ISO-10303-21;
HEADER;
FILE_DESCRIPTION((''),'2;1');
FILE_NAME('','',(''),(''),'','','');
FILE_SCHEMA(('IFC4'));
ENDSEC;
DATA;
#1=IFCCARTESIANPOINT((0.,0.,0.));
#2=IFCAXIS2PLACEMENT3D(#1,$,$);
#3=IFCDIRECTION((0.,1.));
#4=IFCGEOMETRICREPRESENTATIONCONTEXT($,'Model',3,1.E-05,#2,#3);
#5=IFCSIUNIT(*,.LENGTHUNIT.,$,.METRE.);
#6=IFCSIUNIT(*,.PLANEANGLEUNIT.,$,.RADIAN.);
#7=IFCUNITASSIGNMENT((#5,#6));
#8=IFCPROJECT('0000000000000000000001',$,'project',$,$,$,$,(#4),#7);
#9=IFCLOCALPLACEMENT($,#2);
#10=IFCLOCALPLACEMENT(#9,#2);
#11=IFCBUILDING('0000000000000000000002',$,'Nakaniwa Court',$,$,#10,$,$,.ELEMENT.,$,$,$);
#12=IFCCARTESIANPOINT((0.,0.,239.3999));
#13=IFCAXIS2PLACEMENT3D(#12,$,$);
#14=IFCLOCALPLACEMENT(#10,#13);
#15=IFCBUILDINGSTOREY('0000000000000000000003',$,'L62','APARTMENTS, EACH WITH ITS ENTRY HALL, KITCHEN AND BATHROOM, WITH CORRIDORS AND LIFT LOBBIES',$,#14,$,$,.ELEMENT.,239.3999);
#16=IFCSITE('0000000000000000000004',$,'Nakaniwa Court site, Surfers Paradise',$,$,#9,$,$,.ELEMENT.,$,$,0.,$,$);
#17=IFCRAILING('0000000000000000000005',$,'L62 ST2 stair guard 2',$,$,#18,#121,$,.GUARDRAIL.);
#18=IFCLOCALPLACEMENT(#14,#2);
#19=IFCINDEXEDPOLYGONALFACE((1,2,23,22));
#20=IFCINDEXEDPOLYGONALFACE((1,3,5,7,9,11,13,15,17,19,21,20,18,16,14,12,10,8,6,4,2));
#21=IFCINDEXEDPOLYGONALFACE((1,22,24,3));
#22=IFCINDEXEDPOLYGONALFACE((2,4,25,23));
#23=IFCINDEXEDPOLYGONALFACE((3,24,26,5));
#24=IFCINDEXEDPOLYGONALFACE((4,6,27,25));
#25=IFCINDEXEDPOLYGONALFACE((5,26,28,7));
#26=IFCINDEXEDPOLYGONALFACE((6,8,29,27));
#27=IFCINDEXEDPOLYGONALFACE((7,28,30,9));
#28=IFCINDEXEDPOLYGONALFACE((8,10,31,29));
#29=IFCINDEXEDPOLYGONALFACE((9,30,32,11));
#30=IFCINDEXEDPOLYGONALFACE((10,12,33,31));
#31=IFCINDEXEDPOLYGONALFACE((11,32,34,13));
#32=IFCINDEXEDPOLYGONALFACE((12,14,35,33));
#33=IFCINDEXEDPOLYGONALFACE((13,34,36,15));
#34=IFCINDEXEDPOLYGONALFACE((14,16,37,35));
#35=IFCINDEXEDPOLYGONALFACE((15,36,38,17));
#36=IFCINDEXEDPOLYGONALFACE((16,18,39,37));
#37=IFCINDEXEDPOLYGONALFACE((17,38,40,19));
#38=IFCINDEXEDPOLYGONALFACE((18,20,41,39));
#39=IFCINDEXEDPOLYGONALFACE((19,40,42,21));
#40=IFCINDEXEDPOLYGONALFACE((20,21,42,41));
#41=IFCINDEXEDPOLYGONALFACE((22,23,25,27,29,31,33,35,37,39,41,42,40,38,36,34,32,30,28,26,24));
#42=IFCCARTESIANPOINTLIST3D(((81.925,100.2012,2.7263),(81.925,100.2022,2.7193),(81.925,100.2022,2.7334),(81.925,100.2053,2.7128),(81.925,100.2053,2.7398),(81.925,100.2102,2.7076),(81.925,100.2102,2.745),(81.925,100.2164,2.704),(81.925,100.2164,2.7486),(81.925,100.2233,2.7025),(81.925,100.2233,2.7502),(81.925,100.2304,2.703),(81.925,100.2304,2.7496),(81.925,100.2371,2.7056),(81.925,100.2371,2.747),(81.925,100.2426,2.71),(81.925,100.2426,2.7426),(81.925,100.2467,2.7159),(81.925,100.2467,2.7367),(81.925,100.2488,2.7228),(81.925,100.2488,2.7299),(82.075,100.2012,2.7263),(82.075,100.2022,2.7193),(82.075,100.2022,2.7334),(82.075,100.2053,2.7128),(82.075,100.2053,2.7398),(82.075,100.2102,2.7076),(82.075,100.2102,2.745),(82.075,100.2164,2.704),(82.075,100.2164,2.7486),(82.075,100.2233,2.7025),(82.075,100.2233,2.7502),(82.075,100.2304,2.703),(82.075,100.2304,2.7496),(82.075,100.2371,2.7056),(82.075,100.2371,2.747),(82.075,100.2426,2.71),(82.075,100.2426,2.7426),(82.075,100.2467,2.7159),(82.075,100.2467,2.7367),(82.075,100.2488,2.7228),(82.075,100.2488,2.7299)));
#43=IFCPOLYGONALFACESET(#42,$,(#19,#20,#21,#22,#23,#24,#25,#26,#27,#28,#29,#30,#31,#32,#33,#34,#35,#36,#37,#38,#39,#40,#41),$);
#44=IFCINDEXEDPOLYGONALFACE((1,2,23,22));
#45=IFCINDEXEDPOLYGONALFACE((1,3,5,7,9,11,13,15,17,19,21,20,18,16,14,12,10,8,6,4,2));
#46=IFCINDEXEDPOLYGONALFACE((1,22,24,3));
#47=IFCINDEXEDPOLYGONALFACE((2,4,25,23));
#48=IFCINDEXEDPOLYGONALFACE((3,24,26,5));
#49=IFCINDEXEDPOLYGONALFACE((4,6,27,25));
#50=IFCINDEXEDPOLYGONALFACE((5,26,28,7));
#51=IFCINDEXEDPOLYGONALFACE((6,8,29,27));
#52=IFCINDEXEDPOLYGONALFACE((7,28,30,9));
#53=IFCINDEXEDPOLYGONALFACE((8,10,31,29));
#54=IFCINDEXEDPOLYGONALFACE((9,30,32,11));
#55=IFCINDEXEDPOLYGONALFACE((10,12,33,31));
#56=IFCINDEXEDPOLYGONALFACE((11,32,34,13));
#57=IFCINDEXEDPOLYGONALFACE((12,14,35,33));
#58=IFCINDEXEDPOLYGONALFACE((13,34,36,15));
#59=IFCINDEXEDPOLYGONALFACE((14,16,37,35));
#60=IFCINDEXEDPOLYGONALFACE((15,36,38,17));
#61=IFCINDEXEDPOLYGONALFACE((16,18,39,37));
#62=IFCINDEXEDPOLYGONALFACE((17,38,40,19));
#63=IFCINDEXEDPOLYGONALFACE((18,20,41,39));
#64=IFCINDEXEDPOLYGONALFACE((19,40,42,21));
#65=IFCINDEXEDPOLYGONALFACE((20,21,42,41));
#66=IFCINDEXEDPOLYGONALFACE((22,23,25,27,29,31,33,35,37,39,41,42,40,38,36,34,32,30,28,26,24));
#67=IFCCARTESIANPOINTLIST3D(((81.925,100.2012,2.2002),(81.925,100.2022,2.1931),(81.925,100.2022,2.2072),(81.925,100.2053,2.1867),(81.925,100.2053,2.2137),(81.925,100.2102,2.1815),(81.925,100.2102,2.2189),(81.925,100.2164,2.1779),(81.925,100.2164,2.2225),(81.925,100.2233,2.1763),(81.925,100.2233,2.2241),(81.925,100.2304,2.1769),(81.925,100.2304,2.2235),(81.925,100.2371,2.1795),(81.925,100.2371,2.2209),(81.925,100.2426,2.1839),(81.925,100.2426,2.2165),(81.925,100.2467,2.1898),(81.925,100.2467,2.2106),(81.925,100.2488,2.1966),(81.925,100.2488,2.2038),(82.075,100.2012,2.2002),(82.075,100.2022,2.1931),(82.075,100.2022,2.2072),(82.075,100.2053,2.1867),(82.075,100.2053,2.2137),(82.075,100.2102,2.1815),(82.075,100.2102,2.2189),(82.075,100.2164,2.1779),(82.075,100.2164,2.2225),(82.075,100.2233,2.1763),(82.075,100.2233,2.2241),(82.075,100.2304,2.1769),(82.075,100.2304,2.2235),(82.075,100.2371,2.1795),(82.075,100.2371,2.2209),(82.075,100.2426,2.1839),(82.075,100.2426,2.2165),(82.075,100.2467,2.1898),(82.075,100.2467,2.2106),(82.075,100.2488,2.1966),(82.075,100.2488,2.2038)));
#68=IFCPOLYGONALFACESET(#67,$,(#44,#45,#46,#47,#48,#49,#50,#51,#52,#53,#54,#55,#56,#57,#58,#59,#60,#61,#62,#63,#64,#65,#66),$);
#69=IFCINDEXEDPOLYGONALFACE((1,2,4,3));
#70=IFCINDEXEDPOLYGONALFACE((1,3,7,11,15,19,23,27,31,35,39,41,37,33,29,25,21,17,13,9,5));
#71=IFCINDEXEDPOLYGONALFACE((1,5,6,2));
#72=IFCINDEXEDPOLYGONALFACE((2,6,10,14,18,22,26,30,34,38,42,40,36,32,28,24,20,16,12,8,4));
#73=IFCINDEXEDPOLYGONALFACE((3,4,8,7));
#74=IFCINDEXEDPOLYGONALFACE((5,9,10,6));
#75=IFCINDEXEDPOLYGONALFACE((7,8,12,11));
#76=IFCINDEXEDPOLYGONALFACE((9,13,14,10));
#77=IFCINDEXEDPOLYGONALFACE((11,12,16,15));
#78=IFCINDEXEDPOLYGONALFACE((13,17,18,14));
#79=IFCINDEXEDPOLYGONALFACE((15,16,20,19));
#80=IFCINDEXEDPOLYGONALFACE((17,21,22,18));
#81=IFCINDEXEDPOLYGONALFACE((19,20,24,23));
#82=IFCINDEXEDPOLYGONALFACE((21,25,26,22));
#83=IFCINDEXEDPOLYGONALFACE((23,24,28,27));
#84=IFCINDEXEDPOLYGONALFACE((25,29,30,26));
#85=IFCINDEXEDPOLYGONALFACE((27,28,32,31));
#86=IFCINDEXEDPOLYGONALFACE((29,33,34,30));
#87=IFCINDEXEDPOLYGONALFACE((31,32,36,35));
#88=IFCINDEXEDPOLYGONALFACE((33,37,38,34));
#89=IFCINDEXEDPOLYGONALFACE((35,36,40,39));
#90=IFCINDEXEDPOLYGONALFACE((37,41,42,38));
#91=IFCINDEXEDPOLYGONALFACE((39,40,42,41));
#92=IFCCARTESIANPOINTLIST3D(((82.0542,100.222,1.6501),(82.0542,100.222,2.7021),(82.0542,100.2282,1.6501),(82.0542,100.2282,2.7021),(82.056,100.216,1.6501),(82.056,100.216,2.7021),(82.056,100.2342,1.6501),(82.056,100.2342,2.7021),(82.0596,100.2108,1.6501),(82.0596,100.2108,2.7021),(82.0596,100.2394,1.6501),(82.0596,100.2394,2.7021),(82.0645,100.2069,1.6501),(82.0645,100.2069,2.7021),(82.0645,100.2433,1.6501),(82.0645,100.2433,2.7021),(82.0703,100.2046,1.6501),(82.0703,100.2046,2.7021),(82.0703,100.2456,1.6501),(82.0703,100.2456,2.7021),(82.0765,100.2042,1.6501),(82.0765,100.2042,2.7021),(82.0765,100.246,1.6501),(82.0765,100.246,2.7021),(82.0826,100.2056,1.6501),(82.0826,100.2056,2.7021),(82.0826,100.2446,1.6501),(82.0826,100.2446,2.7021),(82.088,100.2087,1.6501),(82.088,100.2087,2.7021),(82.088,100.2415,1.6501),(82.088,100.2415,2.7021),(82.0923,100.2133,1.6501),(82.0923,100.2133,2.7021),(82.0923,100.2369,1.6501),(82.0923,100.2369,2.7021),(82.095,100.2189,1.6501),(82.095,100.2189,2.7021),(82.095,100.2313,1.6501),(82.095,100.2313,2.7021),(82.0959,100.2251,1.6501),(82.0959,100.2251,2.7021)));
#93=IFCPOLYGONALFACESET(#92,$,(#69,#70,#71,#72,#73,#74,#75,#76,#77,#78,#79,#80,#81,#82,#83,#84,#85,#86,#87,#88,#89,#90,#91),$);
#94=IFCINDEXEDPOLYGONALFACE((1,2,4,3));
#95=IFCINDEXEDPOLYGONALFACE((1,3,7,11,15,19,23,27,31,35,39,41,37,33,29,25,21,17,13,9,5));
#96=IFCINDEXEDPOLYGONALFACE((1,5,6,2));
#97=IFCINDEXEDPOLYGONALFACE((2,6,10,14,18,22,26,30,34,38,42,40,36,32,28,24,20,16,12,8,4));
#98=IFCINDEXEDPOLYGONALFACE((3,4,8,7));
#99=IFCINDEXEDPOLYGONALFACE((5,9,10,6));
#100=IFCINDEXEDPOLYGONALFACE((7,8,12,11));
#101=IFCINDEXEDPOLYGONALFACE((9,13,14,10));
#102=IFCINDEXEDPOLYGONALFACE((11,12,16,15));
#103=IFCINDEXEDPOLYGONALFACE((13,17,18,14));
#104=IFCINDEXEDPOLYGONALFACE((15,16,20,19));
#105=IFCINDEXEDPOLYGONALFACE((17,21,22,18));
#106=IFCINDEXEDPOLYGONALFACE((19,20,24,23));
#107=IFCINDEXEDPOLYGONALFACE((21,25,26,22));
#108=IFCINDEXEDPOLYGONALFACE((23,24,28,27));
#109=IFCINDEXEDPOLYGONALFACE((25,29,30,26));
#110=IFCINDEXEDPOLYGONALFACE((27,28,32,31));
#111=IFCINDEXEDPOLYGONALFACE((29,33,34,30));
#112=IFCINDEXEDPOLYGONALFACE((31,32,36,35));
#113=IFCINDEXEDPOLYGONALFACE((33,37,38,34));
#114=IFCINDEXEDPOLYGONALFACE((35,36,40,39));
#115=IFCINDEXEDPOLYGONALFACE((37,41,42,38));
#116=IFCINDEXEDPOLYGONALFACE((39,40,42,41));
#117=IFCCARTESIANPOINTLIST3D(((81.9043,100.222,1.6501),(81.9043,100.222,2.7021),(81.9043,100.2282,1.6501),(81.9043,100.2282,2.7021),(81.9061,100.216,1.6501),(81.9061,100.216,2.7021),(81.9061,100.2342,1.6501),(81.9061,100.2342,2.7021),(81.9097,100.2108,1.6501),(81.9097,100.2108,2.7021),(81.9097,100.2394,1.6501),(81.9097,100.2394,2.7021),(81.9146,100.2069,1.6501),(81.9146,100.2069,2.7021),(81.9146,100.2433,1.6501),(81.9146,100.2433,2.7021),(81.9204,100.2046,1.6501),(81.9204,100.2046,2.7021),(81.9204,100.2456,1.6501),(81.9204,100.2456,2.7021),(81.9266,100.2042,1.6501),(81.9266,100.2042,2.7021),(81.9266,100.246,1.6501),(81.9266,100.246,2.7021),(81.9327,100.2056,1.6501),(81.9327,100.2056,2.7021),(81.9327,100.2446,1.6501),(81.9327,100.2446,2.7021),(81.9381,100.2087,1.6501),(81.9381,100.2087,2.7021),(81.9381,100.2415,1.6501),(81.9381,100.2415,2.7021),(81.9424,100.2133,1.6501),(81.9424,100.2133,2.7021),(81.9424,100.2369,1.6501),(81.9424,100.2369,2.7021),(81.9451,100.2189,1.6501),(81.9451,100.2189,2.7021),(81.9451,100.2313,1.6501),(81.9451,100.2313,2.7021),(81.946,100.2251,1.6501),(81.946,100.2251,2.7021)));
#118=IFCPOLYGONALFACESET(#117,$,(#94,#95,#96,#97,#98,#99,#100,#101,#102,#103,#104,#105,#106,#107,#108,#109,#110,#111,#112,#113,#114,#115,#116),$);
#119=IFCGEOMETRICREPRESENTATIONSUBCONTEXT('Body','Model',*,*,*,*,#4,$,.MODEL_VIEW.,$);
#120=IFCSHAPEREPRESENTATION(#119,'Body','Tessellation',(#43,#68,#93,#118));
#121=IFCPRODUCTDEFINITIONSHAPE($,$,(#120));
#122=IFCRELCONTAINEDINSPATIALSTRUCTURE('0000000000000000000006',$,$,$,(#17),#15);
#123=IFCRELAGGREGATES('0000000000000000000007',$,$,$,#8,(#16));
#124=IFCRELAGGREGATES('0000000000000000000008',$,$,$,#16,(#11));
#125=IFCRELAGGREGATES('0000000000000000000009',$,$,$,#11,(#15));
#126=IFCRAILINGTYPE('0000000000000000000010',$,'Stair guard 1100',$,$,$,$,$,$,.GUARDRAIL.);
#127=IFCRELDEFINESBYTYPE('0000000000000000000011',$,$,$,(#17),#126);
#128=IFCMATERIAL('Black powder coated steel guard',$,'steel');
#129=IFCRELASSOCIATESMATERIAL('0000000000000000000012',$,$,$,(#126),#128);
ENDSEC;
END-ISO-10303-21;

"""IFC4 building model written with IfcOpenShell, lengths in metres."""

from ifc_helpers import new_model, si_unit, direction, frame, origin, origin_2d, place, context, subcontext, project, spatial, circle, extrude, material, type_object, element, save


model = new_model("IFC4")

# Units and contexts
model_context = context("Model", 3, precision=1e-05, world=origin(), true_north=direction((0.0, 1.0)))
body_context = subcontext(model_context, "Body", "Model", "MODEL_VIEW")
ifc_project = project(units=[si_unit("LENGTHUNIT", "METRE"), si_unit("PLANEANGLEUNIT", "RADIAN")], contexts=[model_context])

# Site, building, storey
site_placement = place(None, origin())
site = spatial("IfcSite", under=ifc_project, at=site_placement, Name="Nakaniwa Court site, Surfers Paradise", CompositionType="ELEMENT", RefElevation=0.0)
building_placement = place(site_placement, origin())
building = spatial("IfcBuilding", under=site, at=building_placement, Name="Nakaniwa Court", CompositionType="ELEMENT")
storey_placement = place(building_placement, frame((0.0, 0.0, 239.3999)))
storey = spatial("IfcBuildingStorey", under=building, at=storey_placement, Name="L62", Description="APARTMENTS, EACH WITH ITS ENTRY HALL, KITCHEN AND BATHROOM, WITH CORRIDORS AND LIFT LOBBIES", CompositionType="ELEMENT", Elevation=239.3999)

# Railing
ifc_material_1 = material(Name="Black powder coated steel guard", Category="steel")
railing_type_1 = type_object("IfcRailingType", Name="Stair guard 1100", PredefinedType="GUARDRAIL", material=ifc_material_1)
railing_1_placement = place(storey_placement, frame((82.075, 100.2251, 1.6501)))
element("IfcRailing", 1, at=railing_1_placement, inside=storey, type_object=railing_type_1, Name="L62 ST2 stair guard 2", PredefinedType="GUARDRAIL", context=body_context, shape_type="SweptSolid", body=[
    extrude(circle(Radius=0.0239, at=origin_2d()), frame((0.0, 0.0, 1.0762), z_axis=(-1.0, 0.0, 0.0), x_axis=(0.0, -1.0, 0.0)), (0.0, 0.0, 1.0), 0.1499),
    extrude(circle(Radius=0.0239, at=origin_2d()), frame((0.0, 0.0, 0.55), z_axis=(-1.0, 0.0, 0.0), x_axis=(0.0, -1.0, 0.0)), (0.0, 0.0, 1.0), 0.1499),
    extrude(circle(Radius=0.021, at=origin_2d()), origin(), (0.0, 0.0, 1.0), 1.052),
    extrude(circle(Radius=0.021, at=origin_2d()), frame((-0.1499, 0.0, 0.0)), (0.0, 0.0, 1.0), 1.052),
])

save(model, "model.ifc")
